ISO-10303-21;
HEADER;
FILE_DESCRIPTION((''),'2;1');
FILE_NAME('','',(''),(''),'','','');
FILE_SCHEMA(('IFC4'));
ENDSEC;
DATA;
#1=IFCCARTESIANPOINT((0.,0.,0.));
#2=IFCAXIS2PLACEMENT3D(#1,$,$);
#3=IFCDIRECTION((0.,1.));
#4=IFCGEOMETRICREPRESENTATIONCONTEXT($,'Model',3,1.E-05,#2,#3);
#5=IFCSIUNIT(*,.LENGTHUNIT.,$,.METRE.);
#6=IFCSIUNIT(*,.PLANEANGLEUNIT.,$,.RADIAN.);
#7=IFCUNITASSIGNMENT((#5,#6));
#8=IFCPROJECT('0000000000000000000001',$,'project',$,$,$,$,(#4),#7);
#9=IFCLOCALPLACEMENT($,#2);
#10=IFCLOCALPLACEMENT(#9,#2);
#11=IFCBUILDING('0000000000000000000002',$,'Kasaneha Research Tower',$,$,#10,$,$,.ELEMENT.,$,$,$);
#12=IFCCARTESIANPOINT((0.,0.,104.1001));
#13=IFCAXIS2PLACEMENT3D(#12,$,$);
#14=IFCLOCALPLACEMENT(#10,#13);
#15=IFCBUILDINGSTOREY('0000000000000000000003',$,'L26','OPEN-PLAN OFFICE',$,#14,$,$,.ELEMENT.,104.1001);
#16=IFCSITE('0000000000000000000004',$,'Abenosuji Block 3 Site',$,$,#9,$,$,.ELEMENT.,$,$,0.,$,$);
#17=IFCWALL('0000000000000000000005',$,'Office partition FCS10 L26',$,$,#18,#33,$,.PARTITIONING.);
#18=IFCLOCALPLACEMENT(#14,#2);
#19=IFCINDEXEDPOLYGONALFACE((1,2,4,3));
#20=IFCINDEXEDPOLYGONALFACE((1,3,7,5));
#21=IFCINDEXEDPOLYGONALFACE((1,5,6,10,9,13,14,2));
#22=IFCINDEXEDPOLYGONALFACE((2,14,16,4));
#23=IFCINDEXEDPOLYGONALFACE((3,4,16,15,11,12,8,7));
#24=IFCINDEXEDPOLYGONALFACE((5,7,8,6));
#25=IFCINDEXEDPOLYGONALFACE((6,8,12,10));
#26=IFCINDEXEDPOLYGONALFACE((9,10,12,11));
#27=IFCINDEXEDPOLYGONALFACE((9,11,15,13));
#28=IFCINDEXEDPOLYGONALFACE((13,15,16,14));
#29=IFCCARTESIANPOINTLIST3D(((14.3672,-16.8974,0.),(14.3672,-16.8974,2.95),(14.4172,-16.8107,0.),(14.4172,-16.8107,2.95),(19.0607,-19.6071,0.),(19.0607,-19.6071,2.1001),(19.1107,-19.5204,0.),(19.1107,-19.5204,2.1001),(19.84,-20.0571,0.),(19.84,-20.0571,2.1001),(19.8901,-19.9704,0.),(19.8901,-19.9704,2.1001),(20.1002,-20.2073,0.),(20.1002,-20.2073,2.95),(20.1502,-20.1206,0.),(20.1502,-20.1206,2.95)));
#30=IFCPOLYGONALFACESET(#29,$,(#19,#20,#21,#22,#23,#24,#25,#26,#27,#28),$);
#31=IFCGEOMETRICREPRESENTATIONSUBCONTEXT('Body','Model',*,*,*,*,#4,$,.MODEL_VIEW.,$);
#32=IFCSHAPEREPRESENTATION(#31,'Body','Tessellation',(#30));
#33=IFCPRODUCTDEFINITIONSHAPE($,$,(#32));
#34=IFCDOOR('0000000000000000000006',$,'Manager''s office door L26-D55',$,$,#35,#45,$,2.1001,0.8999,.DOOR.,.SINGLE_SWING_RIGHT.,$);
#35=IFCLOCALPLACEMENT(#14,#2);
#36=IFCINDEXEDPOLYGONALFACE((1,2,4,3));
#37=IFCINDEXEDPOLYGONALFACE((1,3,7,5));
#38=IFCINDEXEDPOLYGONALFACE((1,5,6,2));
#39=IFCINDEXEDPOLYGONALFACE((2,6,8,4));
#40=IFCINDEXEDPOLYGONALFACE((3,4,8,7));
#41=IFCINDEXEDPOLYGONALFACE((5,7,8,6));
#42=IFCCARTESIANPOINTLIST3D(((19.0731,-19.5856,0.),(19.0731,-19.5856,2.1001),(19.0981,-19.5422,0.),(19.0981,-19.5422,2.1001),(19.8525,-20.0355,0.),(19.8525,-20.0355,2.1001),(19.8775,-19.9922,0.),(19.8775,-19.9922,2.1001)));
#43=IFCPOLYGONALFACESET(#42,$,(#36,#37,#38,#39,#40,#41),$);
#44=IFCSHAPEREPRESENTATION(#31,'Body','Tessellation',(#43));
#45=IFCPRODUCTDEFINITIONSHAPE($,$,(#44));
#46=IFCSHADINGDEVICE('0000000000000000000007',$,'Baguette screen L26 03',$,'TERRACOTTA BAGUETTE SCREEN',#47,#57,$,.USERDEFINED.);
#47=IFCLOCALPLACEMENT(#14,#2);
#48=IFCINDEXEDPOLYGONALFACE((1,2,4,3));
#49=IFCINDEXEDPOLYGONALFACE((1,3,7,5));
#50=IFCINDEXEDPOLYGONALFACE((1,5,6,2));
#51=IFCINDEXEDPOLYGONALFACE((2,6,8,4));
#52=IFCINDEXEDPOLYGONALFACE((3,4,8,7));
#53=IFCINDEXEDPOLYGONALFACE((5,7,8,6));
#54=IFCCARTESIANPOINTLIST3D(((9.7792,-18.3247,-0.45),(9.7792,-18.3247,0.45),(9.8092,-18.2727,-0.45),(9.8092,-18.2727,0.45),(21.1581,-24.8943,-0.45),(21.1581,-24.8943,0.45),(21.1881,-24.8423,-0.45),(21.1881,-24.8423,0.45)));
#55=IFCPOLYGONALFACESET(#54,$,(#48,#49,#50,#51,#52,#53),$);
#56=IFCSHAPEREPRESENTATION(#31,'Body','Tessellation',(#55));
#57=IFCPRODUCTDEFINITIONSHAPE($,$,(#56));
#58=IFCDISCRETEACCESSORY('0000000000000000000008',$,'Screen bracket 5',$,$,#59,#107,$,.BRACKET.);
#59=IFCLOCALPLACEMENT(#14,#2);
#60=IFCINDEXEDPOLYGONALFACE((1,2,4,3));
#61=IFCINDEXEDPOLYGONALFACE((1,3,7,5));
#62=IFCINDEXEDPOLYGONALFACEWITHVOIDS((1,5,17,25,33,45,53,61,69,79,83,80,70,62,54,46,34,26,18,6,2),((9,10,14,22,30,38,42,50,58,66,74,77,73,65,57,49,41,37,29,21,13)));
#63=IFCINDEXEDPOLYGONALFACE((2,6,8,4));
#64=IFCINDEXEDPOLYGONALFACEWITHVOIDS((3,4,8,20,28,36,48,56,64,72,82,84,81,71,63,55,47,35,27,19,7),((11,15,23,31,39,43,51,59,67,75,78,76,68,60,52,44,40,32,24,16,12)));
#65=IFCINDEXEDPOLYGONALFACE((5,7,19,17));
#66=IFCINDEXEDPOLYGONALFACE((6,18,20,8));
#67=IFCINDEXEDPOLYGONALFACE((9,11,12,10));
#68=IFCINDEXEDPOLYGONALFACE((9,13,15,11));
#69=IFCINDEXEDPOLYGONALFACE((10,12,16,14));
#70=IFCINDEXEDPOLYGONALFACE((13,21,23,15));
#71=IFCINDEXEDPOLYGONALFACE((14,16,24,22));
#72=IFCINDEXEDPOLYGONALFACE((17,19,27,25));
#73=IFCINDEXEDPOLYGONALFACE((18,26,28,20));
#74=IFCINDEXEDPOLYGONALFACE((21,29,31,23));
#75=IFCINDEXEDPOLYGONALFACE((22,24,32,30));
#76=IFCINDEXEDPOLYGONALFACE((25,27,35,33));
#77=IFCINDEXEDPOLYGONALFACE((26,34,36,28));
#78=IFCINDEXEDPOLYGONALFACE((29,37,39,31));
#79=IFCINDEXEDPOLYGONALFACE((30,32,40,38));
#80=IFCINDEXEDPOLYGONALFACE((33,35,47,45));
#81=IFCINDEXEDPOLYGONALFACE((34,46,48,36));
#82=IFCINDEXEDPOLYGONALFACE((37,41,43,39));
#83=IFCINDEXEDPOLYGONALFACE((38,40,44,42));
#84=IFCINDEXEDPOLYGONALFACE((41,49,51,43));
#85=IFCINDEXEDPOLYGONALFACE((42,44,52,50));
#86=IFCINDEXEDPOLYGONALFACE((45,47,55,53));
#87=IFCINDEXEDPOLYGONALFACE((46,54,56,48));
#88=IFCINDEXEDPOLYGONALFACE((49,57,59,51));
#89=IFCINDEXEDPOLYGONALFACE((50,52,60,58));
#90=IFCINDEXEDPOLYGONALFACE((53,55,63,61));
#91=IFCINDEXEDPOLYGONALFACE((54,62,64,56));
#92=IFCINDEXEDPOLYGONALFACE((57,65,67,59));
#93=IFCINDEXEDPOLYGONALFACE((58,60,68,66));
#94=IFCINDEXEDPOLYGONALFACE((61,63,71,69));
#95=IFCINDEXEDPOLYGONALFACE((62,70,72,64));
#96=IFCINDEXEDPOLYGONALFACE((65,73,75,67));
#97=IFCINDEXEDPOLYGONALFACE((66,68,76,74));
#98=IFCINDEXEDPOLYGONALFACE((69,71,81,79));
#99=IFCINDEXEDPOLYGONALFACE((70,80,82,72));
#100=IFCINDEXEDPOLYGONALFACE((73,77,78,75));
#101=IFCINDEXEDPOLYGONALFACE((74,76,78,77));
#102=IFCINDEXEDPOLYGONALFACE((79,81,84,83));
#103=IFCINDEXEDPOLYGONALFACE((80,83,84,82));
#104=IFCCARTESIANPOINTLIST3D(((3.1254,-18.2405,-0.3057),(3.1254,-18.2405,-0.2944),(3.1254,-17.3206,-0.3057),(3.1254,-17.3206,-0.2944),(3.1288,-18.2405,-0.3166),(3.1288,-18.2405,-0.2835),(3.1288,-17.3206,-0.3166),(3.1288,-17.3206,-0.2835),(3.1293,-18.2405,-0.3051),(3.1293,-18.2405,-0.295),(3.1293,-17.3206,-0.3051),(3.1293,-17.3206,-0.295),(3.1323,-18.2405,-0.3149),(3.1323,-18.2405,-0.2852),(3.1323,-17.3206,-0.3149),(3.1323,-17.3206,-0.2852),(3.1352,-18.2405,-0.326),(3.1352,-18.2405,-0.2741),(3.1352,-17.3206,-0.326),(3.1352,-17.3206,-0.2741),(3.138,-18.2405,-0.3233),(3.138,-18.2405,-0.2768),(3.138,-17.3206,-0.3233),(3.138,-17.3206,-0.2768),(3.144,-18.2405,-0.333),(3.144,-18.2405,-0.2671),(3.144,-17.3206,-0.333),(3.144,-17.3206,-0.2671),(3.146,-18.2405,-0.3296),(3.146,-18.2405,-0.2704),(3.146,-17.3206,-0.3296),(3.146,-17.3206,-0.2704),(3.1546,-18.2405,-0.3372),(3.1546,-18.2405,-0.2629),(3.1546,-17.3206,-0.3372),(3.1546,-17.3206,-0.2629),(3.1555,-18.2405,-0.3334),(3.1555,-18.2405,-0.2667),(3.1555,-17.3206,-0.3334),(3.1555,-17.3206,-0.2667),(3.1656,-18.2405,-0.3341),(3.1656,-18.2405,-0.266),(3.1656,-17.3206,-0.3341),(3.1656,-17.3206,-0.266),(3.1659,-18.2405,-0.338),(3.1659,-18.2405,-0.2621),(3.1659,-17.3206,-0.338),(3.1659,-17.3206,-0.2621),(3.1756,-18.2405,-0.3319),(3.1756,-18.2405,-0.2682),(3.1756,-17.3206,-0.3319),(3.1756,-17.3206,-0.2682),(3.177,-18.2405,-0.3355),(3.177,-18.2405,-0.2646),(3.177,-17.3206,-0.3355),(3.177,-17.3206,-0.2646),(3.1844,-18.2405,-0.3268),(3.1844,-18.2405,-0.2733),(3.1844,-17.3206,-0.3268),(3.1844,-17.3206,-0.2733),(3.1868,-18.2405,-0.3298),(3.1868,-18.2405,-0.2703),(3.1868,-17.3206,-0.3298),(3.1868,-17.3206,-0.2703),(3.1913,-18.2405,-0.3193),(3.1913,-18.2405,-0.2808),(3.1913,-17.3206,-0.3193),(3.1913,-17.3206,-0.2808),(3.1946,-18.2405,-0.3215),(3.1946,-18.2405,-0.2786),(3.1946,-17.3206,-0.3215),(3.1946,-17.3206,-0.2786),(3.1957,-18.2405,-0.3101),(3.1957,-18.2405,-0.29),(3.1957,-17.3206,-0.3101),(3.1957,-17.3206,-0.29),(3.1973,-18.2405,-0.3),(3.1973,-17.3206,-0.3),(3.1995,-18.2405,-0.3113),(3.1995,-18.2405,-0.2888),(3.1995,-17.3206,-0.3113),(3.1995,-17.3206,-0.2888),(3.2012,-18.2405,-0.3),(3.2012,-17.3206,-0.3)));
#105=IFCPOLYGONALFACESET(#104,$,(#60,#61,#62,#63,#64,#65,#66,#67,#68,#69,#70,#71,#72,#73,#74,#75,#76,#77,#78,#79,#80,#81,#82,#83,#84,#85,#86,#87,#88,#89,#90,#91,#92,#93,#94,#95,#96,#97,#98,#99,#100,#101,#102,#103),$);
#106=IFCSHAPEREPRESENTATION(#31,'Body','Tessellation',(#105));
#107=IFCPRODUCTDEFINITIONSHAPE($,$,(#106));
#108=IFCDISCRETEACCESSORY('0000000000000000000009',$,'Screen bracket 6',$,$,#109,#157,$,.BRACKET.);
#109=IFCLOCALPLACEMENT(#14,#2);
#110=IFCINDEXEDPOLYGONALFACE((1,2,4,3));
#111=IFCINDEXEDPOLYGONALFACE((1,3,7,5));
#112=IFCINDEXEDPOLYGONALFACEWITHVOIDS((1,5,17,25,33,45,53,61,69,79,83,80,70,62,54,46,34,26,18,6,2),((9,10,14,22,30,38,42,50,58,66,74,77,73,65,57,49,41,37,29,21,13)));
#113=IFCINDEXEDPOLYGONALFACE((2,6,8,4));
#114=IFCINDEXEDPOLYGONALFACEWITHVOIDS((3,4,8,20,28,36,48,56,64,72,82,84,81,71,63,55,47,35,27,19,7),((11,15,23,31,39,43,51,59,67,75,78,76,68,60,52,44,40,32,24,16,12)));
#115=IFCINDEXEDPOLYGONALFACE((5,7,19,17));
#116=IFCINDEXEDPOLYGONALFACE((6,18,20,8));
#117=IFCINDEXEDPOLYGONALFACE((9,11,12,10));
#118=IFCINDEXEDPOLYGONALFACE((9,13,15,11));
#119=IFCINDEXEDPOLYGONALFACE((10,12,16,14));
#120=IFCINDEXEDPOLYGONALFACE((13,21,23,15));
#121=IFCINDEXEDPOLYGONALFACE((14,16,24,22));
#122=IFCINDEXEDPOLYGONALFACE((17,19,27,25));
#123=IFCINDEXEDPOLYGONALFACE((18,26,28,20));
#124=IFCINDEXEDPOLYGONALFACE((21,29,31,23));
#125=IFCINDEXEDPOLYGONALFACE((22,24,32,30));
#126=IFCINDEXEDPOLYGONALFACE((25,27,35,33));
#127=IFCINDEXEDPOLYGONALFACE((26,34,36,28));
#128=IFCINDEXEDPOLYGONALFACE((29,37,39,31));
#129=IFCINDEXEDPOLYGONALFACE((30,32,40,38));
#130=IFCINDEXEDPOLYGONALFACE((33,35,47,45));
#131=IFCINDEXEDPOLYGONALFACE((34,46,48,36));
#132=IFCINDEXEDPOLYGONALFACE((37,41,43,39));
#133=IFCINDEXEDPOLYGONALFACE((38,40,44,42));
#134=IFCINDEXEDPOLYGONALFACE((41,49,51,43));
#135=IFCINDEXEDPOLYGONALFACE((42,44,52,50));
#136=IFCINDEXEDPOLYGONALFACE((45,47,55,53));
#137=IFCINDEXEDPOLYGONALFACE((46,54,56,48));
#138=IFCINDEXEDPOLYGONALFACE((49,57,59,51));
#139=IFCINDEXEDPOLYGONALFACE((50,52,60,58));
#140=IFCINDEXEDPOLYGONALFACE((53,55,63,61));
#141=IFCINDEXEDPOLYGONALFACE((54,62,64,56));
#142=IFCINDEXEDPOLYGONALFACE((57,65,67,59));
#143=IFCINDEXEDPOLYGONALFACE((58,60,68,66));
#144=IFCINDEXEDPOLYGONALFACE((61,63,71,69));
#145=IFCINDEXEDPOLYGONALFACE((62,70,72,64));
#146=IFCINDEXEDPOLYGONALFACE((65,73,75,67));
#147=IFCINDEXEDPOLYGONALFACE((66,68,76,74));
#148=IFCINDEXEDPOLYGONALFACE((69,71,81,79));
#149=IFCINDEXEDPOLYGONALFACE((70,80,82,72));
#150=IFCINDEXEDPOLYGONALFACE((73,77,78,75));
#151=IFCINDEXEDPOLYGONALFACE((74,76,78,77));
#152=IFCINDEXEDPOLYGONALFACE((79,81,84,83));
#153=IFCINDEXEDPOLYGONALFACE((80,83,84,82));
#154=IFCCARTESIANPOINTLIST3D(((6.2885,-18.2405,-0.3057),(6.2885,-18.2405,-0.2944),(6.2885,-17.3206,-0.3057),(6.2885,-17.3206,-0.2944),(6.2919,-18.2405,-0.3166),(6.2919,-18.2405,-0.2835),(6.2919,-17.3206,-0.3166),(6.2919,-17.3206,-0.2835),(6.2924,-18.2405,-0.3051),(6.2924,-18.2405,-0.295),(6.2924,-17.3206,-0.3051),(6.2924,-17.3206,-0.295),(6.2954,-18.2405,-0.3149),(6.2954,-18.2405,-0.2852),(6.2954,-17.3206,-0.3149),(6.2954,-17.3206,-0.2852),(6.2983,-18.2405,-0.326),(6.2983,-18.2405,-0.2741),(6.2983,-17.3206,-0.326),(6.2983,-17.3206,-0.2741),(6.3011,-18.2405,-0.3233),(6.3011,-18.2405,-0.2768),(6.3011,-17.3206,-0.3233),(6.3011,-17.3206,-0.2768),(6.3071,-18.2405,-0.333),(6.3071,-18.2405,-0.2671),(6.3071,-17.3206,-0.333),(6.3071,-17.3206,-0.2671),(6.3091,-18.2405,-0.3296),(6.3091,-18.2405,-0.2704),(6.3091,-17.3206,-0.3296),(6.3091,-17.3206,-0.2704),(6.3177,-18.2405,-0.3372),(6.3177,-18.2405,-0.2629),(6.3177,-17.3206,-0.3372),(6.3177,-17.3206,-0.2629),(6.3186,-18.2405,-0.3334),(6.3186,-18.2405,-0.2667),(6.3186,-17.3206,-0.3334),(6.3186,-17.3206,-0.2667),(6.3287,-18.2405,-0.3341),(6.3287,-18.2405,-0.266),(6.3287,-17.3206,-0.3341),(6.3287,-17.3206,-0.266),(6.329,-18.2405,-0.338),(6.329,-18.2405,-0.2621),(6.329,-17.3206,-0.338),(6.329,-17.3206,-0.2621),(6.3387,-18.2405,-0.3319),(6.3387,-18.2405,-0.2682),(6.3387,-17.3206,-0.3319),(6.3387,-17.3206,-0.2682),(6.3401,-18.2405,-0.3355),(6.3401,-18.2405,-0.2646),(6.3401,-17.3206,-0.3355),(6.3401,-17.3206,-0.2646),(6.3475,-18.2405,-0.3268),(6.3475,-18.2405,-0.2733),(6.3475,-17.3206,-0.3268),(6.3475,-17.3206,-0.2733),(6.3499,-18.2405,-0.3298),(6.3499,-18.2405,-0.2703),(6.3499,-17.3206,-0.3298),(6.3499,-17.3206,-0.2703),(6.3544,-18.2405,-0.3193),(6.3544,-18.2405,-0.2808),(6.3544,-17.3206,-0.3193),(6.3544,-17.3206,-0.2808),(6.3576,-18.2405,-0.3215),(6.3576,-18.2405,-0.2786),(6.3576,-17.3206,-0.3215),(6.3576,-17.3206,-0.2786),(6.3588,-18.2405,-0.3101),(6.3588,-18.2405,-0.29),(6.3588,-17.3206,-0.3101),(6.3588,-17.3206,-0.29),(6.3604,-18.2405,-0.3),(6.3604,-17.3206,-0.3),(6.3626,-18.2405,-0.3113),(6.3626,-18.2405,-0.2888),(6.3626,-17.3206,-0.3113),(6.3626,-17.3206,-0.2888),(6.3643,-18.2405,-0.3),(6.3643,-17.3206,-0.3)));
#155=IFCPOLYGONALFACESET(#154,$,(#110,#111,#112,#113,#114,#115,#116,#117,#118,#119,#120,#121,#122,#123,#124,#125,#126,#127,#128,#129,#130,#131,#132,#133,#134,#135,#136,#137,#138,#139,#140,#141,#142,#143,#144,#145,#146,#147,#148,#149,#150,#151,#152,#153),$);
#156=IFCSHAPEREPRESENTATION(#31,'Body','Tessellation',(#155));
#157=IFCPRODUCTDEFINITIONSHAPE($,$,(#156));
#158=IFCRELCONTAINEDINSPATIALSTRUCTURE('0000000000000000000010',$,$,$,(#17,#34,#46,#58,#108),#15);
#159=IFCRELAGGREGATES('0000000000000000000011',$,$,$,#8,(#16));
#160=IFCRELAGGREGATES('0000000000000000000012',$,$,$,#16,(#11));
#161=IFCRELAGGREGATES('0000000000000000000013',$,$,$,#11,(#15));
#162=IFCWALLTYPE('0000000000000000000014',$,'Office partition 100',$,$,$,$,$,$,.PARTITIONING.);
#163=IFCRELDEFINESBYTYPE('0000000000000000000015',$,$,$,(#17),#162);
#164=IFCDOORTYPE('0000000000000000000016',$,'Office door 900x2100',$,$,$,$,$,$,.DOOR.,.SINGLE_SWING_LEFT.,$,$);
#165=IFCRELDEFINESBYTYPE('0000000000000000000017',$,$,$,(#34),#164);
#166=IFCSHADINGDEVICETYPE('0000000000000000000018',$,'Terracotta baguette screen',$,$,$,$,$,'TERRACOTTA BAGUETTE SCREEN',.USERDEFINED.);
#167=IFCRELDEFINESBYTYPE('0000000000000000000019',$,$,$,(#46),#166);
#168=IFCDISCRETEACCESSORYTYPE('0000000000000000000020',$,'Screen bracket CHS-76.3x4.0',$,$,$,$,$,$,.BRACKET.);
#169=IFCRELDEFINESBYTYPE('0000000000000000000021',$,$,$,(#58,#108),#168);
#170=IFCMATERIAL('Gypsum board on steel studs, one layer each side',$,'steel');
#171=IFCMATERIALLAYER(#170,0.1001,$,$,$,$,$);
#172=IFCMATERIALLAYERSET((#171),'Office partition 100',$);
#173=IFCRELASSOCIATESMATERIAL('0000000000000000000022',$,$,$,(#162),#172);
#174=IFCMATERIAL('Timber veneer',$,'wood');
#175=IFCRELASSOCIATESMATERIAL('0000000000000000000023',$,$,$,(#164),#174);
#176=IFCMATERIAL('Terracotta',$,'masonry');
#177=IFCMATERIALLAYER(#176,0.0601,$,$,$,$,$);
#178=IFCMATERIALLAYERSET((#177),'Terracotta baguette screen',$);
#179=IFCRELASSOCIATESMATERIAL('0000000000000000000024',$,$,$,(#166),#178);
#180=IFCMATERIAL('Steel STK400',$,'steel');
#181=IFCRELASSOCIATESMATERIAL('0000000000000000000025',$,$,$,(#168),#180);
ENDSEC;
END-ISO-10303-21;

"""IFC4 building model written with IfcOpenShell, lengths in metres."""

from ifc_helpers import new_model, si_unit, direction, frame, frame_2d, origin, origin_2d, place, context, subcontext, project, spatial, rectangle, hollow_circle, extrude, material, layer, layer_set, material_profile, profile_set, type_object, element, fill, save


model = new_model("IFC4")

# Units and contexts
model_context = context("Model", 3, precision=1e-05, world=origin(), true_north=direction((0.0, 1.0)))
body_context = subcontext(model_context, "Body", "Model", "MODEL_VIEW")
ifc_project = project(units=[si_unit("LENGTHUNIT", "METRE"), si_unit("PLANEANGLEUNIT", "RADIAN")], contexts=[model_context])

# Site, building, storey
site_placement = place(None, origin())
site = spatial("IfcSite", under=ifc_project, at=site_placement, Name="Abenosuji Block 3 Site", CompositionType="ELEMENT", RefElevation=0.0)
building_placement = place(site_placement, origin())
building = spatial("IfcBuilding", under=site, at=building_placement, Name="Kasaneha Research Tower", CompositionType="ELEMENT")
storey_placement = place(building_placement, frame((0.0, 0.0, 104.1001)))
storey = spatial("IfcBuildingStorey", under=building, at=storey_placement, Name="L26", Description="OPEN-PLAN OFFICE", CompositionType="ELEMENT", Elevation=104.1001)

# Shared definitions
ifc_material_1 = material(Name="Gypsum board on steel studs, one layer each side", Category="steel")
ifc_layer_1 = layer(ifc_material_1, 0.1001)
ifc_layer_set_1 = layer_set([ifc_layer_1], Name="Office partition 100")
wall_type = type_object("IfcWallType", Name="Office partition 100", PredefinedType="PARTITIONING", material=ifc_layer_set_1)

# Wall, opening, door
wall_1_placement = place(storey_placement, frame((14.3921, -16.854, 0.0), z_axis=(0.0, 0.0, 1.0), x_axis=(0.866031, -0.499991, 0.0)))
wall_1 = element("IfcWall", 1, at=wall_1_placement, inside=storey, type_object=wall_type, Name="Office partition FCS10 L26", PredefinedType="PARTITIONING", context=body_context, shape_type="SweptSolid", body=[
    extrude(rectangle(XDim=6.6199, YDim=0.1001, at=frame_2d((3.3101, 0.0))), origin(), (0.0, 0.0, 1.0), 2.95),
])
opening_placement = place(wall_1_placement, frame((5.4197, 0.0, 0.0)))
opening = element("IfcOpeningElement", 2, at=opening_placement, cuts=wall_1, PredefinedType="OPENING", context=body_context, shape_type="SweptSolid", body=[
    extrude(rectangle(XDim=0.8999, YDim=2.1001, at=frame_2d((0.45, 1.05))), frame((0.0, 0.0601, 0.0), z_axis=(0.0, -1.0, 0.0), x_axis=(1.0, 0.0, 0.0)), (0.0, 0.0, 1.0), 0.1201),
])
ifc_material_2 = material(Name="Timber veneer", Category="wood")
door_type = type_object("IfcDoorType", Name="Office door 900x2100", OperationType="SINGLE_SWING_LEFT", PredefinedType="DOOR", material=ifc_material_2)
door_placement = place(opening_placement, origin())
door = element("IfcDoor", 3, at=door_placement, inside=storey, type_object=door_type, Name="Manager's office door L26-D55", OperationType="SINGLE_SWING_RIGHT", OverallHeight=2.1001, OverallWidth=0.8999, PredefinedType="DOOR", context=body_context, shape_type="SweptSolid", body=[
    extrude(rectangle(XDim=0.8999, YDim=2.1001, at=frame_2d((0.45, 1.05))), frame((0.0, 0.0249, 0.0), z_axis=(0.0, -1.0, 0.0), x_axis=(1.0, 0.0, 0.0)), (0.0, 0.0, 1.0), 0.05),
])
fill(opening, door)

# Shading device
ifc_material_3 = material(Name="Terracotta", Category="masonry")
ifc_layer_2 = layer(ifc_material_3, 0.0601)
ifc_layer_set_2 = layer_set([ifc_layer_2], Name="Terracotta baguette screen")
shading_device_type = type_object("IfcShadingDeviceType", Name="Terracotta baguette screen", ElementType="TERRACOTTA BAGUETTE SCREEN", PredefinedType="USERDEFINED", material=ifc_layer_set_2)
shading_device_placement = place(storey_placement, frame((15.4836, -21.5835, -0.45), z_axis=(0.0, 0.0, 1.0), x_axis=(0.866025, -0.5, 0.0)))
element("IfcShadingDevice", 4, at=shading_device_placement, inside=storey, type_object=shading_device_type, Name="Baguette screen L26 03", ObjectType="TERRACOTTA BAGUETTE SCREEN", PredefinedType="USERDEFINED", context=body_context, shape_type="SweptSolid", body=[
    extrude(rectangle(XDim=13.1392, YDim=0.0601, at=origin_2d()), origin(), (0.0, 0.0, 1.0), 0.8999),
])

# Discrete accessories
ifc_material_4 = material(Name="Steel STK400", Category="steel")
ifc_material_profile_1 = material_profile(ifc_material_4, hollow_circle(Radius=0.0381, WallThickness=0.0039, at=origin_2d()), Name="CHS-76.3x4.0")
ifc_profile_set_1 = profile_set([ifc_material_profile_1], Name="Steel STK400")
discrete_accessory_type = type_object("IfcDiscreteAccessoryType", Name="Screen bracket CHS-76.3x4.0", PredefinedType="BRACKET", material=ifc_profile_set_1)
for number, where, z_axis, x_axis, name in (
    (5, (3.1631, -17.3206, -0.3), (0.0, -1.0, 0.0), (1.0, 0.0, 0.0), "Screen bracket 5"),
    (6, (6.3262, -17.3206, -0.3), (0.0, -1.0, 0.0), (1.0, 0.0, 0.0), "Screen bracket 6"),
):
    element("IfcDiscreteAccessory", number, at=place(storey_placement, frame(where, z_axis=z_axis, x_axis=x_axis)), inside=storey, type_object=discrete_accessory_type, Name=name, PredefinedType="BRACKET", context=body_context, shape_type="SweptSolid", body=[
        extrude(hollow_circle(Radius=0.0381, WallThickness=0.0039, at=origin_2d()), origin(), (0.0, 0.0, 1.0), 0.9199),
    ])

save(model, "model.ifc")
